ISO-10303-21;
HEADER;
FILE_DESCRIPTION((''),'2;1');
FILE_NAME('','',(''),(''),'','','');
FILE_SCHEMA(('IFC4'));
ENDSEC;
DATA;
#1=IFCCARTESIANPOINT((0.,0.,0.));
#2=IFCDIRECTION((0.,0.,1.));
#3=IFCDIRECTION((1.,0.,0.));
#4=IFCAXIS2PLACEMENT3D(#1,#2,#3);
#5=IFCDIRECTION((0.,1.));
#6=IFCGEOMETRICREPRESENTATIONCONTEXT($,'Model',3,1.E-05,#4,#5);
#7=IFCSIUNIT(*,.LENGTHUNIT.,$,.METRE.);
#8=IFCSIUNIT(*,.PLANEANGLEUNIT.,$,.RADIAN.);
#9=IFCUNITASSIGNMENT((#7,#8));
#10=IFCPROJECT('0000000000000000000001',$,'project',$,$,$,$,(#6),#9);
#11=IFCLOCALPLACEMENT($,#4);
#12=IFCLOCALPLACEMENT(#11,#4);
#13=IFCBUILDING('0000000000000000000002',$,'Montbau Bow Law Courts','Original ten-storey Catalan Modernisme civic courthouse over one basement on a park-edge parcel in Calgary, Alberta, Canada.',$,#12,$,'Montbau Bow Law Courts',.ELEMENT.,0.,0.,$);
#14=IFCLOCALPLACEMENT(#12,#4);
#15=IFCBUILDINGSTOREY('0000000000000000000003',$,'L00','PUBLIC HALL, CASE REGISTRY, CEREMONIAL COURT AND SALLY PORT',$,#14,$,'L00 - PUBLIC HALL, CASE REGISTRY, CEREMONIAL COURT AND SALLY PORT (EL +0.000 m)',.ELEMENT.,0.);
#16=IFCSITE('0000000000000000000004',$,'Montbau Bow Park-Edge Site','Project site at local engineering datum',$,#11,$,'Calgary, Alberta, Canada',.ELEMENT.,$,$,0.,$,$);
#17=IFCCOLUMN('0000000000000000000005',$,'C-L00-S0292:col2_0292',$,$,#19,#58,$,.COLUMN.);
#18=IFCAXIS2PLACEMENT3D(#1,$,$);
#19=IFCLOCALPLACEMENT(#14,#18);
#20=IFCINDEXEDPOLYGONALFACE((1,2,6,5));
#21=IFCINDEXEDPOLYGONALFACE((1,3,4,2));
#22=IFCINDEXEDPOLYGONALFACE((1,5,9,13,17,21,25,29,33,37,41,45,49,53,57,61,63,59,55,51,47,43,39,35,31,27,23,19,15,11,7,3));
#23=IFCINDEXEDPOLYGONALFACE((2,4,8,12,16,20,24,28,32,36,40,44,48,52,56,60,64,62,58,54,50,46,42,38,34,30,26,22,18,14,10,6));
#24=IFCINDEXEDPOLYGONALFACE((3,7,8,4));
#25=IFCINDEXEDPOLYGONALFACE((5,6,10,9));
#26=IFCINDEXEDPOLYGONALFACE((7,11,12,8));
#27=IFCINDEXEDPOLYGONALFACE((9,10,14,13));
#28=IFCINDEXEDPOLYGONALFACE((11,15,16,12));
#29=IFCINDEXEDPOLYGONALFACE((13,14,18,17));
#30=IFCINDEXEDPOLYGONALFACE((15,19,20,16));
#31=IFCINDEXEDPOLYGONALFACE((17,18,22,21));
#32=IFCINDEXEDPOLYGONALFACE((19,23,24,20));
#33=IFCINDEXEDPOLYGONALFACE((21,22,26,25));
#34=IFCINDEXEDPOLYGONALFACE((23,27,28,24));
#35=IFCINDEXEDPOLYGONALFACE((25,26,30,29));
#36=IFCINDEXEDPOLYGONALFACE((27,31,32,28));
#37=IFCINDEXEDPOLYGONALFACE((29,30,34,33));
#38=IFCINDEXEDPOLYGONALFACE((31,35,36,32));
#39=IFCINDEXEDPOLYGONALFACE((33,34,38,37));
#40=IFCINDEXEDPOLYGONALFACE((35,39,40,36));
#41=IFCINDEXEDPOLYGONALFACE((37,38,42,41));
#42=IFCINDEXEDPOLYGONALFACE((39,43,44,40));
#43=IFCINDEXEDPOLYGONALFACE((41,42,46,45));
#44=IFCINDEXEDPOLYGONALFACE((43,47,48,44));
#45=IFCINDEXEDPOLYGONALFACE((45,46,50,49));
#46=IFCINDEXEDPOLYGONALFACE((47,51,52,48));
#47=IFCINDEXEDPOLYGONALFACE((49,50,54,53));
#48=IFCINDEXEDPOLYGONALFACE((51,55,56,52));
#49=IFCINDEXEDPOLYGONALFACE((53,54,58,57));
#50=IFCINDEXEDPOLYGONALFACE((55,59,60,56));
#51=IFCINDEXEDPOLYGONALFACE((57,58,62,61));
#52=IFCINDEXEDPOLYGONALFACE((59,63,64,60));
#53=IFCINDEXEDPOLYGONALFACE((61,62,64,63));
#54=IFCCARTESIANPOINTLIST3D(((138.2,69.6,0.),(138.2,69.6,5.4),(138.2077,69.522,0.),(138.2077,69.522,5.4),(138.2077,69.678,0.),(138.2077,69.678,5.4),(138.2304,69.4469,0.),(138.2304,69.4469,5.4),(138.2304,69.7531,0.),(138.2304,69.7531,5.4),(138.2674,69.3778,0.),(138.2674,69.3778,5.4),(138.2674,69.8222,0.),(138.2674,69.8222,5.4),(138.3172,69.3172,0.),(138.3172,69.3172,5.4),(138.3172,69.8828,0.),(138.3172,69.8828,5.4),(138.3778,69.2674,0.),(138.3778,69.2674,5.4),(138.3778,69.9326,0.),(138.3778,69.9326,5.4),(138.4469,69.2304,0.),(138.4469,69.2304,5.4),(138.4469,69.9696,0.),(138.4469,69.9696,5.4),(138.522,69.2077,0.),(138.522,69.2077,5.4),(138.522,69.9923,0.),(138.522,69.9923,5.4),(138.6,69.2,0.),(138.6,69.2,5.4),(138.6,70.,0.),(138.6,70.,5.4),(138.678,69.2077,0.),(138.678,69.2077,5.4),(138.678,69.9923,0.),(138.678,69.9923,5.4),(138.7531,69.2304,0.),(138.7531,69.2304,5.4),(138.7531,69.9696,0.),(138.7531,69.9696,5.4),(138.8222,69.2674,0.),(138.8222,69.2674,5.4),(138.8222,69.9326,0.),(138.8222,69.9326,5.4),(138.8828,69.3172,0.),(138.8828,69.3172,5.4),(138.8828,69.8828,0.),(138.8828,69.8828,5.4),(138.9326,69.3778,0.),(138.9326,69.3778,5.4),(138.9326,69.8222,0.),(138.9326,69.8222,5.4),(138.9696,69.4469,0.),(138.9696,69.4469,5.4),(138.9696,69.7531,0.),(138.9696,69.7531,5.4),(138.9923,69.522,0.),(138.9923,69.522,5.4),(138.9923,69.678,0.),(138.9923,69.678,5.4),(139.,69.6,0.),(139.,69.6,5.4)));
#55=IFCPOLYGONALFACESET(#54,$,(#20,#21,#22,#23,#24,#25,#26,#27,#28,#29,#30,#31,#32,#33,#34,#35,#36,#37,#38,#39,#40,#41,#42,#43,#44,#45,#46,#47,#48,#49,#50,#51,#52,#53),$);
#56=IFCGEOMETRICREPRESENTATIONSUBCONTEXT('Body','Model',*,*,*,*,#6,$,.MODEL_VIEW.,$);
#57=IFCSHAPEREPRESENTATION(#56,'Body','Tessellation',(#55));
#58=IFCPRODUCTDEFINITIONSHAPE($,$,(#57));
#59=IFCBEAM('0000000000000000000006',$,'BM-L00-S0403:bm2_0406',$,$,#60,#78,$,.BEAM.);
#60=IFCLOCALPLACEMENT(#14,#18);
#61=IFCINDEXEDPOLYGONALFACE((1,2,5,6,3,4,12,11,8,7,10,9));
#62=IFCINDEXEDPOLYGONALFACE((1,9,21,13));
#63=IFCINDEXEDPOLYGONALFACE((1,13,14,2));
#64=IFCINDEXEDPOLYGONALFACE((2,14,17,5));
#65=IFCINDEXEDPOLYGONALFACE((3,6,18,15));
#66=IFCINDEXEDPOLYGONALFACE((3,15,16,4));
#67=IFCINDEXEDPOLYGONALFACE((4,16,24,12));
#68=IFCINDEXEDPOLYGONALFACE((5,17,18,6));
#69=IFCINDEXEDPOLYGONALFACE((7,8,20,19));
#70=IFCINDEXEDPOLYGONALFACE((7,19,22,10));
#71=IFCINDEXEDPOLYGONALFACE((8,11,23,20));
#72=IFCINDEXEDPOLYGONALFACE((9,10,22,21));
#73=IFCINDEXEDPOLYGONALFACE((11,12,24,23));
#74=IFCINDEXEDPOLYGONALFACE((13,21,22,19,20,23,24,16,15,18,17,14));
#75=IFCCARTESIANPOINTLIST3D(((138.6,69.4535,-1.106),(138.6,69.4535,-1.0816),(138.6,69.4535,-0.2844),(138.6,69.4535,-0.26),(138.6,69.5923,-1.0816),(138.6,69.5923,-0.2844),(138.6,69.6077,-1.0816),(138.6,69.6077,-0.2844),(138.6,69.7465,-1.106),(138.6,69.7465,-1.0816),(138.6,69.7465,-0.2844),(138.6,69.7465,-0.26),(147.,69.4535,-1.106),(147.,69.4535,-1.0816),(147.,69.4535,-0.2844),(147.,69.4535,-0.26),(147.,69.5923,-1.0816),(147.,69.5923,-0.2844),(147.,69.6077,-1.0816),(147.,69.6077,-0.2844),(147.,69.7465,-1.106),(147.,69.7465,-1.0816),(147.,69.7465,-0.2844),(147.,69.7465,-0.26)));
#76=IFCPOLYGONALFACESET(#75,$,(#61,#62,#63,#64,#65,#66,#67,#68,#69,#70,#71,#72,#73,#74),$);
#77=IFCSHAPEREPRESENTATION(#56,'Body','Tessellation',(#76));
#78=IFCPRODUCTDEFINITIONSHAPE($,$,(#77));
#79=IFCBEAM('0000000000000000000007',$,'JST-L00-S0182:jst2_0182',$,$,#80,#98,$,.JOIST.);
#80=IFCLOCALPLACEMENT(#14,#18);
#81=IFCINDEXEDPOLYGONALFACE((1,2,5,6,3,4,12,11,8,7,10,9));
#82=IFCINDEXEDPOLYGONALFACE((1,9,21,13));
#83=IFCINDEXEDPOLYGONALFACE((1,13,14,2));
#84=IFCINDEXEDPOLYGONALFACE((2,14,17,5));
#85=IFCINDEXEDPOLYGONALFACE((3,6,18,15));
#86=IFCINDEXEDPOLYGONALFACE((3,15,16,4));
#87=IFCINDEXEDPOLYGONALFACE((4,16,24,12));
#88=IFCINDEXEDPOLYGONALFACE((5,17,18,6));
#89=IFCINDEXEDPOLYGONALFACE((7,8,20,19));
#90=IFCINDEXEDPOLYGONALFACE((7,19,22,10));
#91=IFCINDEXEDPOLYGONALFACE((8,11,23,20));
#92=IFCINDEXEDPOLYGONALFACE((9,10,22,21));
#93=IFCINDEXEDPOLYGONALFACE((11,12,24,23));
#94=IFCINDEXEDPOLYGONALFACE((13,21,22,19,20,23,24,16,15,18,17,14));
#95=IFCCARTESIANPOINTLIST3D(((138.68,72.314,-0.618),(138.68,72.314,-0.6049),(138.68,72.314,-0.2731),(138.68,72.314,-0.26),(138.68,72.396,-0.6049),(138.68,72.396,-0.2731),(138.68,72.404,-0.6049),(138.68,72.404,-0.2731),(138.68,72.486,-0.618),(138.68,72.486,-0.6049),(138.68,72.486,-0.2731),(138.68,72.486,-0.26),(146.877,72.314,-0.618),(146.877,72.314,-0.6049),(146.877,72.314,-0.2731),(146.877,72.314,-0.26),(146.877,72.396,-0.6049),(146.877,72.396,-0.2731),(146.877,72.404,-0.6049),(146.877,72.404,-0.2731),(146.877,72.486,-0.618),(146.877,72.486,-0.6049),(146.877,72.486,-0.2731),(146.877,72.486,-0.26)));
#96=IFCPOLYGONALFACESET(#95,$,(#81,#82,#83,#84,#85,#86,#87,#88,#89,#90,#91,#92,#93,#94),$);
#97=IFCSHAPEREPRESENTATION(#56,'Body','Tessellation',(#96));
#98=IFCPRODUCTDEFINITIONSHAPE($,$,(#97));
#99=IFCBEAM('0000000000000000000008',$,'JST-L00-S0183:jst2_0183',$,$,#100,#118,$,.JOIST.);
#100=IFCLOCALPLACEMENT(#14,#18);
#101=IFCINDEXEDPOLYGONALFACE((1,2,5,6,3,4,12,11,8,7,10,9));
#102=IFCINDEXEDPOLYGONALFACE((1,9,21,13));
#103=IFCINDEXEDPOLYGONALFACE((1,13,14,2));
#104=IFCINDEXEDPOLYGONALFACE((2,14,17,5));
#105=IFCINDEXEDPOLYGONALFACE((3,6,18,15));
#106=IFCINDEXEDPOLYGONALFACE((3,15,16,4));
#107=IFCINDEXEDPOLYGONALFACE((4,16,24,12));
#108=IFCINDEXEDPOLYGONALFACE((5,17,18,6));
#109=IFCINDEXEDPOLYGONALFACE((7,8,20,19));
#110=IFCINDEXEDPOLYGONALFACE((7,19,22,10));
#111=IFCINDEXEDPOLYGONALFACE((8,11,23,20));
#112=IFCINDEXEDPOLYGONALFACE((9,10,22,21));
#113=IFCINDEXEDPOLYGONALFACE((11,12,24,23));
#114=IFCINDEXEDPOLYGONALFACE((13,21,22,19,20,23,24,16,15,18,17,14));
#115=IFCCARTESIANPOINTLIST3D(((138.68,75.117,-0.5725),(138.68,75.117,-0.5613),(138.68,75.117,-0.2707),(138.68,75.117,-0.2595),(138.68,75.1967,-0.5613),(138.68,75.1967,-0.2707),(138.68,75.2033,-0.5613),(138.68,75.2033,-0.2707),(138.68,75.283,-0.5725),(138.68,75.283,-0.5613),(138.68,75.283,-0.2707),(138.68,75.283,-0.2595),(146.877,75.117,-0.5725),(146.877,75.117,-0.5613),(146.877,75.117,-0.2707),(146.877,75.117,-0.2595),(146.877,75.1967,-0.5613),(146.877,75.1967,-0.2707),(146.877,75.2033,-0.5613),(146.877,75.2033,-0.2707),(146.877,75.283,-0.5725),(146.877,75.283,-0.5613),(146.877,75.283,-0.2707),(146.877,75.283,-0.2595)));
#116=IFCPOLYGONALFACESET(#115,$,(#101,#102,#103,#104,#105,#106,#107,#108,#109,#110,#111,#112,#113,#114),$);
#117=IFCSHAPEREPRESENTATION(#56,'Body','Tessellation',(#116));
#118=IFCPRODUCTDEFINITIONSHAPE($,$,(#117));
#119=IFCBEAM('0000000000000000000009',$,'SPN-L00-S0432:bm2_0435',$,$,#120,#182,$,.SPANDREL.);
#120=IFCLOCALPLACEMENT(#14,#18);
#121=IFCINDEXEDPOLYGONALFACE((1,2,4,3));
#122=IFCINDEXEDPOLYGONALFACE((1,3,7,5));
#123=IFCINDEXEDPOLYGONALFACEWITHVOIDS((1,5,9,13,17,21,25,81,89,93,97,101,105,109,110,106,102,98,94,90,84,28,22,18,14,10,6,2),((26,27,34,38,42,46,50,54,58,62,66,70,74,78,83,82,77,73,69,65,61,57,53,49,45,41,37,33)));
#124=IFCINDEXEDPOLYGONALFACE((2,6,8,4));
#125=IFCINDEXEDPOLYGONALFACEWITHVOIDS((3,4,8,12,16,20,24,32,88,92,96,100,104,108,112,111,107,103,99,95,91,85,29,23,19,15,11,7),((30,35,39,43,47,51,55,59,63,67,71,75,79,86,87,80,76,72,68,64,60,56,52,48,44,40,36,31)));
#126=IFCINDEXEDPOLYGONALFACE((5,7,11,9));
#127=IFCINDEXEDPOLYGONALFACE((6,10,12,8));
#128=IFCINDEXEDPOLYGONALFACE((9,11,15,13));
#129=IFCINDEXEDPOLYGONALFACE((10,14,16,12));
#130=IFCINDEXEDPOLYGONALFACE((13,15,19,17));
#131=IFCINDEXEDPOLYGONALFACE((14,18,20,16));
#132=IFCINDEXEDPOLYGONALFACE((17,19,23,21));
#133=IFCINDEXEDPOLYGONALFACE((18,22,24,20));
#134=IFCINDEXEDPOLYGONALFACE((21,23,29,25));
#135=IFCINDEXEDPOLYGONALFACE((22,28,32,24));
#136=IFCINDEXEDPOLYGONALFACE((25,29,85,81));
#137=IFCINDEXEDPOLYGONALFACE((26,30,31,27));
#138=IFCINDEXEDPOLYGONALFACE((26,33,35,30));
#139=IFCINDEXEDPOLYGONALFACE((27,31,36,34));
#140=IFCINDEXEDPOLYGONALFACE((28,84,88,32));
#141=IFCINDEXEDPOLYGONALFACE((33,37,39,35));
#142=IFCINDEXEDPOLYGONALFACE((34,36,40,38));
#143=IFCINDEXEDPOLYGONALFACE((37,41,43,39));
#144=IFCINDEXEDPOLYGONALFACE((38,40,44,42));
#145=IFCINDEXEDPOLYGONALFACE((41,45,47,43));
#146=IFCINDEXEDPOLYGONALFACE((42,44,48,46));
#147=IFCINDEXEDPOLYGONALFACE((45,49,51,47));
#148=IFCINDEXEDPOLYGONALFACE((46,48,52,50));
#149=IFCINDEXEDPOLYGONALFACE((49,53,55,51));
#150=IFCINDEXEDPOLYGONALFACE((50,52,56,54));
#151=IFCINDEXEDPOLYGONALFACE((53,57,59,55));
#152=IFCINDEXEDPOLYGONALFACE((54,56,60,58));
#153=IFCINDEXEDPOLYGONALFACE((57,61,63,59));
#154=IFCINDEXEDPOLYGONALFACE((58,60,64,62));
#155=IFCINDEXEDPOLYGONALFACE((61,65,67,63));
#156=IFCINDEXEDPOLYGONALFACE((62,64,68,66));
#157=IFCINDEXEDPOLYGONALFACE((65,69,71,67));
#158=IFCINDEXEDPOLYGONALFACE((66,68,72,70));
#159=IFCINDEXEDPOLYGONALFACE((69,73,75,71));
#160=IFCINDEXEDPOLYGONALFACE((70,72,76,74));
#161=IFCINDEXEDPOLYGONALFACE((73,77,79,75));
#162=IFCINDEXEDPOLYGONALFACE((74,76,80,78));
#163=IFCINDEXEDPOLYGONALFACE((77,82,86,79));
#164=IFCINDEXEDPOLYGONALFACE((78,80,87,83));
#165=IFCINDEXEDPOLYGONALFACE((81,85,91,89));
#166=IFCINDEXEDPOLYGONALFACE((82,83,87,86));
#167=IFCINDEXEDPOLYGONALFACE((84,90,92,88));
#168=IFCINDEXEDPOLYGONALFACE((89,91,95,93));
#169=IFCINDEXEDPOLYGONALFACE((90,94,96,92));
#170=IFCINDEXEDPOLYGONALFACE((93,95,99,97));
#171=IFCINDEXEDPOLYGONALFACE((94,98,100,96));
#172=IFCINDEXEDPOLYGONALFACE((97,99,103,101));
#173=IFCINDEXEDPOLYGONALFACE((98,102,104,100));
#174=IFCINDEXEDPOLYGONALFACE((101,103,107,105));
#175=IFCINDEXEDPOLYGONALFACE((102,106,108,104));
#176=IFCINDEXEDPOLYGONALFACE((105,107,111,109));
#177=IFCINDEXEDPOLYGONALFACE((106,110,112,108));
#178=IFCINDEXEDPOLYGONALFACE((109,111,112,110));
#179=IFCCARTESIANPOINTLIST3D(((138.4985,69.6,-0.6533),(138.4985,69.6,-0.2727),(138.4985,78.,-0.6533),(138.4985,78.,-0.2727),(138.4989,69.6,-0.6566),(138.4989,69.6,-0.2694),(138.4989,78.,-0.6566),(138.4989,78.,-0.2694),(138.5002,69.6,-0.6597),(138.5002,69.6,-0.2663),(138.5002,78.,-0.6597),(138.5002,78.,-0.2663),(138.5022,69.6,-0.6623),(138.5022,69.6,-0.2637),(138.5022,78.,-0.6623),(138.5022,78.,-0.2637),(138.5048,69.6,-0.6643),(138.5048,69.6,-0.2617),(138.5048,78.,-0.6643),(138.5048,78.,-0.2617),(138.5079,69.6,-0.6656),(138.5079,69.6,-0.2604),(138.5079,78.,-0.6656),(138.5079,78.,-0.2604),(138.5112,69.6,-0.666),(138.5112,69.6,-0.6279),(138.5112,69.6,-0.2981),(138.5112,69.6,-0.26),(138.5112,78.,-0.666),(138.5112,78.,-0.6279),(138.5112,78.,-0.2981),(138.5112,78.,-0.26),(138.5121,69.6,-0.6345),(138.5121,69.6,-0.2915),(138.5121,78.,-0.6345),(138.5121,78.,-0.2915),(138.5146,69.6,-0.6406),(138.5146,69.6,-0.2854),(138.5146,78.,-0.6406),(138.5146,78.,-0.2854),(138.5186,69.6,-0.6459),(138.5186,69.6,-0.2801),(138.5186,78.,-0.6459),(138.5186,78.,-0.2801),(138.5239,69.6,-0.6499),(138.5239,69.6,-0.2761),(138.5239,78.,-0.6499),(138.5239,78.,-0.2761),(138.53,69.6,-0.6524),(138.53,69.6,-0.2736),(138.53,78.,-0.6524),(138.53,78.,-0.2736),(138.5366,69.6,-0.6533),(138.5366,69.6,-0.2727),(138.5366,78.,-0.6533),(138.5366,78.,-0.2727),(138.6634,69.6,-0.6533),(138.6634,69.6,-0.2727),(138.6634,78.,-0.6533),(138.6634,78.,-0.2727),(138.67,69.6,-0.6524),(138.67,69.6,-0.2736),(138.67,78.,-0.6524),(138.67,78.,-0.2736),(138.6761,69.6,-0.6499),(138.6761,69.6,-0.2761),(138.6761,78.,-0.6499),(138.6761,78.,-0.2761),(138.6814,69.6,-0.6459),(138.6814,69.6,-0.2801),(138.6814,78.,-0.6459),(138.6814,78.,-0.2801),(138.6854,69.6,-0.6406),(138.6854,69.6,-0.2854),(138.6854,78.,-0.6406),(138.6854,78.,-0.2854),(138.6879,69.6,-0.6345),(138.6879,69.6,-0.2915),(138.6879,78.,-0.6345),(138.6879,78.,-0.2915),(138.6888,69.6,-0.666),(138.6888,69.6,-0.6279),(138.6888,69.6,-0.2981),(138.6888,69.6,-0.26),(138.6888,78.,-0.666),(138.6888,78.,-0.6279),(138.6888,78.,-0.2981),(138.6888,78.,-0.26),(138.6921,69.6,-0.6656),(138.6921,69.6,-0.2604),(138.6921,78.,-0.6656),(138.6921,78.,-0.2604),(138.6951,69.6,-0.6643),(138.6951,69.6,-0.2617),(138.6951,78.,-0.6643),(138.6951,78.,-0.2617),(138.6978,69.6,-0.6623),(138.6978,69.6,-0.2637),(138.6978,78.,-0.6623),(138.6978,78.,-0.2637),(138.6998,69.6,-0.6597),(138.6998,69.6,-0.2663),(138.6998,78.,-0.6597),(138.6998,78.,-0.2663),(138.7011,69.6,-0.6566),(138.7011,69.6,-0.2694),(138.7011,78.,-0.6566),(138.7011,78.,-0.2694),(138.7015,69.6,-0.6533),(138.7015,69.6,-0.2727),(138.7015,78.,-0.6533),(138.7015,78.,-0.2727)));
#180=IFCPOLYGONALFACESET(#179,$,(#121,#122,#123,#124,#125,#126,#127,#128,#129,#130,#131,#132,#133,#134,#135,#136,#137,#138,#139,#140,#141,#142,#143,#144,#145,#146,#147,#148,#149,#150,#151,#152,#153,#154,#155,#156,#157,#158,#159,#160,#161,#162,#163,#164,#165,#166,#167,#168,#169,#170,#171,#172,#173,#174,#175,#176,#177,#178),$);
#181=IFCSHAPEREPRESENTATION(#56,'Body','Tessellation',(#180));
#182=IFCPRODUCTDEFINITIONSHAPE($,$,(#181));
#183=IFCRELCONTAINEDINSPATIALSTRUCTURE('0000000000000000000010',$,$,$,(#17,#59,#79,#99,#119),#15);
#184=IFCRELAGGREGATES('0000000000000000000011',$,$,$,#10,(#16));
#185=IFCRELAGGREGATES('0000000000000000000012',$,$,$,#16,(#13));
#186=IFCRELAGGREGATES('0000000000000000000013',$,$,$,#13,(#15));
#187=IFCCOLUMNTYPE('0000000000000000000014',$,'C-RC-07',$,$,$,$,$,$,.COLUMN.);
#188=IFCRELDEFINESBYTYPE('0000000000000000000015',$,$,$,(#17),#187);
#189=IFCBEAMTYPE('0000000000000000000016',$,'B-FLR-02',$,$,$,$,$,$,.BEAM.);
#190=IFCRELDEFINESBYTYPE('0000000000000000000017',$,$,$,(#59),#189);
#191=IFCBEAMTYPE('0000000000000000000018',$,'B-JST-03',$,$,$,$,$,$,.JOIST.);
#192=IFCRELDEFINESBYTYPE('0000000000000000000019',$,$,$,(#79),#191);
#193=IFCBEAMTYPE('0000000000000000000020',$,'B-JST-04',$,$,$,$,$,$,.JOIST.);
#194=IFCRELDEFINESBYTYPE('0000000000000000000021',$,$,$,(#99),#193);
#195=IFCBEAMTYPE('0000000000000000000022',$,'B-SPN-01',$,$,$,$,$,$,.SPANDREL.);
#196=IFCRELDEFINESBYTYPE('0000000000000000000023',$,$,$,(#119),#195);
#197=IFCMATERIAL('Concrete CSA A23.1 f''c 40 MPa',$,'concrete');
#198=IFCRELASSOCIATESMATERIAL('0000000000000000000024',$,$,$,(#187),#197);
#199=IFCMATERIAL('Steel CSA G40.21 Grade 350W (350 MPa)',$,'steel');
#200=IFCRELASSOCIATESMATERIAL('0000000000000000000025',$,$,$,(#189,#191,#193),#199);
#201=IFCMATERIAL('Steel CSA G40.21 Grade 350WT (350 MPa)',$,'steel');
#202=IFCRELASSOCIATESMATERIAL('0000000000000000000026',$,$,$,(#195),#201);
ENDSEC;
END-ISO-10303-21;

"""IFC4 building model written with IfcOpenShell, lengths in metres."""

from ifc_helpers import new_model, si_unit, direction, frame, origin_with_axes, origin_2d_with_axis, place, context, subcontext, project, spatial, hollow_rectangle, circle, i_section, extrude, material, material_profile, profile_set, type_object, element, save


model = new_model("IFC4")

# Units and contexts
model_context = context("Model", 3, precision=1e-05, world=origin_with_axes(), true_north=direction((0.0, 1.0)))
body_context = subcontext(model_context, "Body", "Model", "MODEL_VIEW")
ifc_project = project(units=[si_unit("LENGTHUNIT", "METRE"), si_unit("PLANEANGLEUNIT", "RADIAN")], contexts=[model_context])

# Site, building, storey
site_placement = place(None, origin_with_axes())
site = spatial("IfcSite", under=ifc_project, at=site_placement, Name="Montbau Bow Park-Edge Site", Description="Project site at local engineering datum", LongName="Calgary, Alberta, Canada", CompositionType="ELEMENT", RefElevation=0.0)
building_placement = place(site_placement, origin_with_axes())
building = spatial("IfcBuilding", under=site, at=building_placement, Name="Montbau Bow Law Courts", Description="Original ten-storey Catalan Modernisme civic courthouse over one basement on a park-edge parcel in Calgary, Alberta, Canada.", LongName="Montbau Bow Law Courts", CompositionType="ELEMENT", ElevationOfRefHeight=0.0, ElevationOfTerrain=0.0)
storey_placement = place(building_placement, origin_with_axes())
storey = spatial("IfcBuildingStorey", under=building, at=storey_placement, Name="L00", Description="PUBLIC HALL, CASE REGISTRY, CEREMONIAL COURT AND SALLY PORT", LongName="L00 - PUBLIC HALL, CASE REGISTRY, CEREMONIAL COURT AND SALLY PORT (EL +0.000 m)", CompositionType="ELEMENT", Elevation=0.0)

# Column
ifc_material_1 = material(Name="Concrete CSA A23.1 f'c 40 MPa", Category="concrete")
ifc_material_profile_1 = material_profile(ifc_material_1, circle(Radius=0.4, at=origin_2d_with_axis()), Name="RC800D", Category="Main", Priority=0)
ifc_profile_set_1 = profile_set([ifc_material_profile_1], Name="Concrete CSA A23.1 f'c 40 MPa")
column_type = type_object("IfcColumnType", Name="C-RC-07", PredefinedType="COLUMN", material=ifc_profile_set_1)
column_placement = place(None, frame((138.6, 69.6, 0.0), z_axis=(0.0, 0.0, 1.0), x_axis=(1.0, 0.0, 0.0)))
element("IfcColumn", 1, at=column_placement, inside=storey, type_object=column_type, Name="C-L00-S0292:col2_0292", PredefinedType="COLUMN", context=body_context, shape_type="SweptSolid", body=[
    extrude(circle(Radius=0.4, at=origin_2d_with_axis()), origin_with_axes(), (0.0, 0.0, 1.0), 5.4),
])

# Beams
ifc_material_2 = material(Name="Steel CSA G40.21 Grade 350W (350 MPa)", Category="steel")
ifc_material_profile_2 = material_profile(ifc_material_2, i_section(OverallWidth=0.293, OverallDepth=0.846, WebThickness=0.0154, FlangeThickness=0.0244, at=origin_2d_with_axis()), Name="W840X210", Category="Main", Priority=0)
ifc_profile_set_2 = profile_set([ifc_material_profile_2], Name="Steel CSA G40.21 Grade 350W (350 MPa)")
beam_type_1 = type_object("IfcBeamType", Name="B-FLR-02", PredefinedType="BEAM", material=ifc_profile_set_2)
beam_1_placement = place(None, frame((138.6, 69.6, -0.683), z_axis=(1.0, 0.0, 0.0), x_axis=(0.0, 1.0, 0.0)))
element("IfcBeam", 2, at=beam_1_placement, inside=storey, type_object=beam_type_1, Name="BM-L00-S0403:bm2_0406", PredefinedType="BEAM", context=body_context, shape_type="SweptSolid", body=[
    extrude(i_section(OverallWidth=0.293, OverallDepth=0.846, WebThickness=0.0154, FlangeThickness=0.0244, at=origin_2d_with_axis()), origin_with_axes(), (0.0, 0.0, 1.0), 8.4),
])
ifc_material_profile_3 = material_profile(ifc_material_2, i_section(OverallWidth=0.172, OverallDepth=0.358, WebThickness=0.0079, FlangeThickness=0.0131, at=origin_2d_with_axis()), Name="W360X57", Category="Main", Priority=0)
ifc_profile_set_3 = profile_set([ifc_material_profile_3], Name="Steel CSA G40.21 Grade 350W (350 MPa)")
beam_type_2 = type_object("IfcBeamType", Name="B-JST-03", PredefinedType="JOIST", material=ifc_profile_set_3)
beam_2_placement = place(None, frame((138.68, 72.4, -0.439), z_axis=(1.0, 0.0, 0.0), x_axis=(0.0, 1.0, 0.0)))
element("IfcBeam", 3, at=beam_2_placement, inside=storey, type_object=beam_type_2, Name="JST-L00-S0182:jst2_0182", PredefinedType="JOIST", context=body_context, shape_type="SweptSolid", body=[
    extrude(i_section(OverallWidth=0.172, OverallDepth=0.358, WebThickness=0.0079, FlangeThickness=0.0131, at=origin_2d_with_axis()), origin_with_axes(), (0.0, 0.0, 1.0), 8.197),
])
ifc_material_profile_4 = material_profile(ifc_material_2, i_section(OverallWidth=0.166, OverallDepth=0.313, WebThickness=0.0066, FlangeThickness=0.0112, at=origin_2d_with_axis()), Name="W310X45", Category="Main", Priority=0)
ifc_profile_set_4 = profile_set([ifc_material_profile_4], Name="Steel CSA G40.21 Grade 350W (350 MPa)")
beam_type_3 = type_object("IfcBeamType", Name="B-JST-04", PredefinedType="JOIST", material=ifc_profile_set_4)
beam_3_placement = place(None, frame((138.68, 75.2, -0.416), z_axis=(1.0, 0.0, 0.0), x_axis=(0.0, 1.0, 0.0)))
element("IfcBeam", 4, at=beam_3_placement, inside=storey, type_object=beam_type_3, Name="JST-L00-S0183:jst2_0183", PredefinedType="JOIST", context=body_context, shape_type="SweptSolid", body=[
    extrude(i_section(OverallWidth=0.166, OverallDepth=0.313, WebThickness=0.0066, FlangeThickness=0.0112, at=origin_2d_with_axis()), origin_with_axes(), (0.0, 0.0, 1.0), 8.197),
])
ifc_material_3 = material(Name="Steel CSA G40.21 Grade 350WT (350 MPa)", Category="steel")
ifc_material_profile_5 = material_profile(ifc_material_3, hollow_rectangle(XDim=0.203, YDim=0.406, WallThickness=0.0127, InnerFilletRadius=0.0254, OuterFilletRadius=0.0127, at=origin_2d_with_axis()), Name="HSS406X203X13", Category="Main", Priority=0)
ifc_profile_set_5 = profile_set([ifc_material_profile_5], Name="Steel CSA G40.21 Grade 350WT (350 MPa)")
beam_type_4 = type_object("IfcBeamType", Name="B-SPN-01", PredefinedType="SPANDREL", material=ifc_profile_set_5)
beam_4_placement = place(None, frame((138.6, 69.6, -0.463), z_axis=(0.0, 1.0, 0.0), x_axis=(-1.0, 0.0, 0.0)))
element("IfcBeam", 5, at=beam_4_placement, inside=storey, type_object=beam_type_4, Name="SPN-L00-S0432:bm2_0435", PredefinedType="SPANDREL", context=body_context, shape_type="SweptSolid", body=[
    extrude(hollow_rectangle(XDim=0.203, YDim=0.406, WallThickness=0.0127, InnerFilletRadius=0.0254, OuterFilletRadius=0.0127, at=origin_2d_with_axis()), origin_with_axes(), (0.0, 0.0, 1.0), 8.4),
])

save(model, "model.ifc")
